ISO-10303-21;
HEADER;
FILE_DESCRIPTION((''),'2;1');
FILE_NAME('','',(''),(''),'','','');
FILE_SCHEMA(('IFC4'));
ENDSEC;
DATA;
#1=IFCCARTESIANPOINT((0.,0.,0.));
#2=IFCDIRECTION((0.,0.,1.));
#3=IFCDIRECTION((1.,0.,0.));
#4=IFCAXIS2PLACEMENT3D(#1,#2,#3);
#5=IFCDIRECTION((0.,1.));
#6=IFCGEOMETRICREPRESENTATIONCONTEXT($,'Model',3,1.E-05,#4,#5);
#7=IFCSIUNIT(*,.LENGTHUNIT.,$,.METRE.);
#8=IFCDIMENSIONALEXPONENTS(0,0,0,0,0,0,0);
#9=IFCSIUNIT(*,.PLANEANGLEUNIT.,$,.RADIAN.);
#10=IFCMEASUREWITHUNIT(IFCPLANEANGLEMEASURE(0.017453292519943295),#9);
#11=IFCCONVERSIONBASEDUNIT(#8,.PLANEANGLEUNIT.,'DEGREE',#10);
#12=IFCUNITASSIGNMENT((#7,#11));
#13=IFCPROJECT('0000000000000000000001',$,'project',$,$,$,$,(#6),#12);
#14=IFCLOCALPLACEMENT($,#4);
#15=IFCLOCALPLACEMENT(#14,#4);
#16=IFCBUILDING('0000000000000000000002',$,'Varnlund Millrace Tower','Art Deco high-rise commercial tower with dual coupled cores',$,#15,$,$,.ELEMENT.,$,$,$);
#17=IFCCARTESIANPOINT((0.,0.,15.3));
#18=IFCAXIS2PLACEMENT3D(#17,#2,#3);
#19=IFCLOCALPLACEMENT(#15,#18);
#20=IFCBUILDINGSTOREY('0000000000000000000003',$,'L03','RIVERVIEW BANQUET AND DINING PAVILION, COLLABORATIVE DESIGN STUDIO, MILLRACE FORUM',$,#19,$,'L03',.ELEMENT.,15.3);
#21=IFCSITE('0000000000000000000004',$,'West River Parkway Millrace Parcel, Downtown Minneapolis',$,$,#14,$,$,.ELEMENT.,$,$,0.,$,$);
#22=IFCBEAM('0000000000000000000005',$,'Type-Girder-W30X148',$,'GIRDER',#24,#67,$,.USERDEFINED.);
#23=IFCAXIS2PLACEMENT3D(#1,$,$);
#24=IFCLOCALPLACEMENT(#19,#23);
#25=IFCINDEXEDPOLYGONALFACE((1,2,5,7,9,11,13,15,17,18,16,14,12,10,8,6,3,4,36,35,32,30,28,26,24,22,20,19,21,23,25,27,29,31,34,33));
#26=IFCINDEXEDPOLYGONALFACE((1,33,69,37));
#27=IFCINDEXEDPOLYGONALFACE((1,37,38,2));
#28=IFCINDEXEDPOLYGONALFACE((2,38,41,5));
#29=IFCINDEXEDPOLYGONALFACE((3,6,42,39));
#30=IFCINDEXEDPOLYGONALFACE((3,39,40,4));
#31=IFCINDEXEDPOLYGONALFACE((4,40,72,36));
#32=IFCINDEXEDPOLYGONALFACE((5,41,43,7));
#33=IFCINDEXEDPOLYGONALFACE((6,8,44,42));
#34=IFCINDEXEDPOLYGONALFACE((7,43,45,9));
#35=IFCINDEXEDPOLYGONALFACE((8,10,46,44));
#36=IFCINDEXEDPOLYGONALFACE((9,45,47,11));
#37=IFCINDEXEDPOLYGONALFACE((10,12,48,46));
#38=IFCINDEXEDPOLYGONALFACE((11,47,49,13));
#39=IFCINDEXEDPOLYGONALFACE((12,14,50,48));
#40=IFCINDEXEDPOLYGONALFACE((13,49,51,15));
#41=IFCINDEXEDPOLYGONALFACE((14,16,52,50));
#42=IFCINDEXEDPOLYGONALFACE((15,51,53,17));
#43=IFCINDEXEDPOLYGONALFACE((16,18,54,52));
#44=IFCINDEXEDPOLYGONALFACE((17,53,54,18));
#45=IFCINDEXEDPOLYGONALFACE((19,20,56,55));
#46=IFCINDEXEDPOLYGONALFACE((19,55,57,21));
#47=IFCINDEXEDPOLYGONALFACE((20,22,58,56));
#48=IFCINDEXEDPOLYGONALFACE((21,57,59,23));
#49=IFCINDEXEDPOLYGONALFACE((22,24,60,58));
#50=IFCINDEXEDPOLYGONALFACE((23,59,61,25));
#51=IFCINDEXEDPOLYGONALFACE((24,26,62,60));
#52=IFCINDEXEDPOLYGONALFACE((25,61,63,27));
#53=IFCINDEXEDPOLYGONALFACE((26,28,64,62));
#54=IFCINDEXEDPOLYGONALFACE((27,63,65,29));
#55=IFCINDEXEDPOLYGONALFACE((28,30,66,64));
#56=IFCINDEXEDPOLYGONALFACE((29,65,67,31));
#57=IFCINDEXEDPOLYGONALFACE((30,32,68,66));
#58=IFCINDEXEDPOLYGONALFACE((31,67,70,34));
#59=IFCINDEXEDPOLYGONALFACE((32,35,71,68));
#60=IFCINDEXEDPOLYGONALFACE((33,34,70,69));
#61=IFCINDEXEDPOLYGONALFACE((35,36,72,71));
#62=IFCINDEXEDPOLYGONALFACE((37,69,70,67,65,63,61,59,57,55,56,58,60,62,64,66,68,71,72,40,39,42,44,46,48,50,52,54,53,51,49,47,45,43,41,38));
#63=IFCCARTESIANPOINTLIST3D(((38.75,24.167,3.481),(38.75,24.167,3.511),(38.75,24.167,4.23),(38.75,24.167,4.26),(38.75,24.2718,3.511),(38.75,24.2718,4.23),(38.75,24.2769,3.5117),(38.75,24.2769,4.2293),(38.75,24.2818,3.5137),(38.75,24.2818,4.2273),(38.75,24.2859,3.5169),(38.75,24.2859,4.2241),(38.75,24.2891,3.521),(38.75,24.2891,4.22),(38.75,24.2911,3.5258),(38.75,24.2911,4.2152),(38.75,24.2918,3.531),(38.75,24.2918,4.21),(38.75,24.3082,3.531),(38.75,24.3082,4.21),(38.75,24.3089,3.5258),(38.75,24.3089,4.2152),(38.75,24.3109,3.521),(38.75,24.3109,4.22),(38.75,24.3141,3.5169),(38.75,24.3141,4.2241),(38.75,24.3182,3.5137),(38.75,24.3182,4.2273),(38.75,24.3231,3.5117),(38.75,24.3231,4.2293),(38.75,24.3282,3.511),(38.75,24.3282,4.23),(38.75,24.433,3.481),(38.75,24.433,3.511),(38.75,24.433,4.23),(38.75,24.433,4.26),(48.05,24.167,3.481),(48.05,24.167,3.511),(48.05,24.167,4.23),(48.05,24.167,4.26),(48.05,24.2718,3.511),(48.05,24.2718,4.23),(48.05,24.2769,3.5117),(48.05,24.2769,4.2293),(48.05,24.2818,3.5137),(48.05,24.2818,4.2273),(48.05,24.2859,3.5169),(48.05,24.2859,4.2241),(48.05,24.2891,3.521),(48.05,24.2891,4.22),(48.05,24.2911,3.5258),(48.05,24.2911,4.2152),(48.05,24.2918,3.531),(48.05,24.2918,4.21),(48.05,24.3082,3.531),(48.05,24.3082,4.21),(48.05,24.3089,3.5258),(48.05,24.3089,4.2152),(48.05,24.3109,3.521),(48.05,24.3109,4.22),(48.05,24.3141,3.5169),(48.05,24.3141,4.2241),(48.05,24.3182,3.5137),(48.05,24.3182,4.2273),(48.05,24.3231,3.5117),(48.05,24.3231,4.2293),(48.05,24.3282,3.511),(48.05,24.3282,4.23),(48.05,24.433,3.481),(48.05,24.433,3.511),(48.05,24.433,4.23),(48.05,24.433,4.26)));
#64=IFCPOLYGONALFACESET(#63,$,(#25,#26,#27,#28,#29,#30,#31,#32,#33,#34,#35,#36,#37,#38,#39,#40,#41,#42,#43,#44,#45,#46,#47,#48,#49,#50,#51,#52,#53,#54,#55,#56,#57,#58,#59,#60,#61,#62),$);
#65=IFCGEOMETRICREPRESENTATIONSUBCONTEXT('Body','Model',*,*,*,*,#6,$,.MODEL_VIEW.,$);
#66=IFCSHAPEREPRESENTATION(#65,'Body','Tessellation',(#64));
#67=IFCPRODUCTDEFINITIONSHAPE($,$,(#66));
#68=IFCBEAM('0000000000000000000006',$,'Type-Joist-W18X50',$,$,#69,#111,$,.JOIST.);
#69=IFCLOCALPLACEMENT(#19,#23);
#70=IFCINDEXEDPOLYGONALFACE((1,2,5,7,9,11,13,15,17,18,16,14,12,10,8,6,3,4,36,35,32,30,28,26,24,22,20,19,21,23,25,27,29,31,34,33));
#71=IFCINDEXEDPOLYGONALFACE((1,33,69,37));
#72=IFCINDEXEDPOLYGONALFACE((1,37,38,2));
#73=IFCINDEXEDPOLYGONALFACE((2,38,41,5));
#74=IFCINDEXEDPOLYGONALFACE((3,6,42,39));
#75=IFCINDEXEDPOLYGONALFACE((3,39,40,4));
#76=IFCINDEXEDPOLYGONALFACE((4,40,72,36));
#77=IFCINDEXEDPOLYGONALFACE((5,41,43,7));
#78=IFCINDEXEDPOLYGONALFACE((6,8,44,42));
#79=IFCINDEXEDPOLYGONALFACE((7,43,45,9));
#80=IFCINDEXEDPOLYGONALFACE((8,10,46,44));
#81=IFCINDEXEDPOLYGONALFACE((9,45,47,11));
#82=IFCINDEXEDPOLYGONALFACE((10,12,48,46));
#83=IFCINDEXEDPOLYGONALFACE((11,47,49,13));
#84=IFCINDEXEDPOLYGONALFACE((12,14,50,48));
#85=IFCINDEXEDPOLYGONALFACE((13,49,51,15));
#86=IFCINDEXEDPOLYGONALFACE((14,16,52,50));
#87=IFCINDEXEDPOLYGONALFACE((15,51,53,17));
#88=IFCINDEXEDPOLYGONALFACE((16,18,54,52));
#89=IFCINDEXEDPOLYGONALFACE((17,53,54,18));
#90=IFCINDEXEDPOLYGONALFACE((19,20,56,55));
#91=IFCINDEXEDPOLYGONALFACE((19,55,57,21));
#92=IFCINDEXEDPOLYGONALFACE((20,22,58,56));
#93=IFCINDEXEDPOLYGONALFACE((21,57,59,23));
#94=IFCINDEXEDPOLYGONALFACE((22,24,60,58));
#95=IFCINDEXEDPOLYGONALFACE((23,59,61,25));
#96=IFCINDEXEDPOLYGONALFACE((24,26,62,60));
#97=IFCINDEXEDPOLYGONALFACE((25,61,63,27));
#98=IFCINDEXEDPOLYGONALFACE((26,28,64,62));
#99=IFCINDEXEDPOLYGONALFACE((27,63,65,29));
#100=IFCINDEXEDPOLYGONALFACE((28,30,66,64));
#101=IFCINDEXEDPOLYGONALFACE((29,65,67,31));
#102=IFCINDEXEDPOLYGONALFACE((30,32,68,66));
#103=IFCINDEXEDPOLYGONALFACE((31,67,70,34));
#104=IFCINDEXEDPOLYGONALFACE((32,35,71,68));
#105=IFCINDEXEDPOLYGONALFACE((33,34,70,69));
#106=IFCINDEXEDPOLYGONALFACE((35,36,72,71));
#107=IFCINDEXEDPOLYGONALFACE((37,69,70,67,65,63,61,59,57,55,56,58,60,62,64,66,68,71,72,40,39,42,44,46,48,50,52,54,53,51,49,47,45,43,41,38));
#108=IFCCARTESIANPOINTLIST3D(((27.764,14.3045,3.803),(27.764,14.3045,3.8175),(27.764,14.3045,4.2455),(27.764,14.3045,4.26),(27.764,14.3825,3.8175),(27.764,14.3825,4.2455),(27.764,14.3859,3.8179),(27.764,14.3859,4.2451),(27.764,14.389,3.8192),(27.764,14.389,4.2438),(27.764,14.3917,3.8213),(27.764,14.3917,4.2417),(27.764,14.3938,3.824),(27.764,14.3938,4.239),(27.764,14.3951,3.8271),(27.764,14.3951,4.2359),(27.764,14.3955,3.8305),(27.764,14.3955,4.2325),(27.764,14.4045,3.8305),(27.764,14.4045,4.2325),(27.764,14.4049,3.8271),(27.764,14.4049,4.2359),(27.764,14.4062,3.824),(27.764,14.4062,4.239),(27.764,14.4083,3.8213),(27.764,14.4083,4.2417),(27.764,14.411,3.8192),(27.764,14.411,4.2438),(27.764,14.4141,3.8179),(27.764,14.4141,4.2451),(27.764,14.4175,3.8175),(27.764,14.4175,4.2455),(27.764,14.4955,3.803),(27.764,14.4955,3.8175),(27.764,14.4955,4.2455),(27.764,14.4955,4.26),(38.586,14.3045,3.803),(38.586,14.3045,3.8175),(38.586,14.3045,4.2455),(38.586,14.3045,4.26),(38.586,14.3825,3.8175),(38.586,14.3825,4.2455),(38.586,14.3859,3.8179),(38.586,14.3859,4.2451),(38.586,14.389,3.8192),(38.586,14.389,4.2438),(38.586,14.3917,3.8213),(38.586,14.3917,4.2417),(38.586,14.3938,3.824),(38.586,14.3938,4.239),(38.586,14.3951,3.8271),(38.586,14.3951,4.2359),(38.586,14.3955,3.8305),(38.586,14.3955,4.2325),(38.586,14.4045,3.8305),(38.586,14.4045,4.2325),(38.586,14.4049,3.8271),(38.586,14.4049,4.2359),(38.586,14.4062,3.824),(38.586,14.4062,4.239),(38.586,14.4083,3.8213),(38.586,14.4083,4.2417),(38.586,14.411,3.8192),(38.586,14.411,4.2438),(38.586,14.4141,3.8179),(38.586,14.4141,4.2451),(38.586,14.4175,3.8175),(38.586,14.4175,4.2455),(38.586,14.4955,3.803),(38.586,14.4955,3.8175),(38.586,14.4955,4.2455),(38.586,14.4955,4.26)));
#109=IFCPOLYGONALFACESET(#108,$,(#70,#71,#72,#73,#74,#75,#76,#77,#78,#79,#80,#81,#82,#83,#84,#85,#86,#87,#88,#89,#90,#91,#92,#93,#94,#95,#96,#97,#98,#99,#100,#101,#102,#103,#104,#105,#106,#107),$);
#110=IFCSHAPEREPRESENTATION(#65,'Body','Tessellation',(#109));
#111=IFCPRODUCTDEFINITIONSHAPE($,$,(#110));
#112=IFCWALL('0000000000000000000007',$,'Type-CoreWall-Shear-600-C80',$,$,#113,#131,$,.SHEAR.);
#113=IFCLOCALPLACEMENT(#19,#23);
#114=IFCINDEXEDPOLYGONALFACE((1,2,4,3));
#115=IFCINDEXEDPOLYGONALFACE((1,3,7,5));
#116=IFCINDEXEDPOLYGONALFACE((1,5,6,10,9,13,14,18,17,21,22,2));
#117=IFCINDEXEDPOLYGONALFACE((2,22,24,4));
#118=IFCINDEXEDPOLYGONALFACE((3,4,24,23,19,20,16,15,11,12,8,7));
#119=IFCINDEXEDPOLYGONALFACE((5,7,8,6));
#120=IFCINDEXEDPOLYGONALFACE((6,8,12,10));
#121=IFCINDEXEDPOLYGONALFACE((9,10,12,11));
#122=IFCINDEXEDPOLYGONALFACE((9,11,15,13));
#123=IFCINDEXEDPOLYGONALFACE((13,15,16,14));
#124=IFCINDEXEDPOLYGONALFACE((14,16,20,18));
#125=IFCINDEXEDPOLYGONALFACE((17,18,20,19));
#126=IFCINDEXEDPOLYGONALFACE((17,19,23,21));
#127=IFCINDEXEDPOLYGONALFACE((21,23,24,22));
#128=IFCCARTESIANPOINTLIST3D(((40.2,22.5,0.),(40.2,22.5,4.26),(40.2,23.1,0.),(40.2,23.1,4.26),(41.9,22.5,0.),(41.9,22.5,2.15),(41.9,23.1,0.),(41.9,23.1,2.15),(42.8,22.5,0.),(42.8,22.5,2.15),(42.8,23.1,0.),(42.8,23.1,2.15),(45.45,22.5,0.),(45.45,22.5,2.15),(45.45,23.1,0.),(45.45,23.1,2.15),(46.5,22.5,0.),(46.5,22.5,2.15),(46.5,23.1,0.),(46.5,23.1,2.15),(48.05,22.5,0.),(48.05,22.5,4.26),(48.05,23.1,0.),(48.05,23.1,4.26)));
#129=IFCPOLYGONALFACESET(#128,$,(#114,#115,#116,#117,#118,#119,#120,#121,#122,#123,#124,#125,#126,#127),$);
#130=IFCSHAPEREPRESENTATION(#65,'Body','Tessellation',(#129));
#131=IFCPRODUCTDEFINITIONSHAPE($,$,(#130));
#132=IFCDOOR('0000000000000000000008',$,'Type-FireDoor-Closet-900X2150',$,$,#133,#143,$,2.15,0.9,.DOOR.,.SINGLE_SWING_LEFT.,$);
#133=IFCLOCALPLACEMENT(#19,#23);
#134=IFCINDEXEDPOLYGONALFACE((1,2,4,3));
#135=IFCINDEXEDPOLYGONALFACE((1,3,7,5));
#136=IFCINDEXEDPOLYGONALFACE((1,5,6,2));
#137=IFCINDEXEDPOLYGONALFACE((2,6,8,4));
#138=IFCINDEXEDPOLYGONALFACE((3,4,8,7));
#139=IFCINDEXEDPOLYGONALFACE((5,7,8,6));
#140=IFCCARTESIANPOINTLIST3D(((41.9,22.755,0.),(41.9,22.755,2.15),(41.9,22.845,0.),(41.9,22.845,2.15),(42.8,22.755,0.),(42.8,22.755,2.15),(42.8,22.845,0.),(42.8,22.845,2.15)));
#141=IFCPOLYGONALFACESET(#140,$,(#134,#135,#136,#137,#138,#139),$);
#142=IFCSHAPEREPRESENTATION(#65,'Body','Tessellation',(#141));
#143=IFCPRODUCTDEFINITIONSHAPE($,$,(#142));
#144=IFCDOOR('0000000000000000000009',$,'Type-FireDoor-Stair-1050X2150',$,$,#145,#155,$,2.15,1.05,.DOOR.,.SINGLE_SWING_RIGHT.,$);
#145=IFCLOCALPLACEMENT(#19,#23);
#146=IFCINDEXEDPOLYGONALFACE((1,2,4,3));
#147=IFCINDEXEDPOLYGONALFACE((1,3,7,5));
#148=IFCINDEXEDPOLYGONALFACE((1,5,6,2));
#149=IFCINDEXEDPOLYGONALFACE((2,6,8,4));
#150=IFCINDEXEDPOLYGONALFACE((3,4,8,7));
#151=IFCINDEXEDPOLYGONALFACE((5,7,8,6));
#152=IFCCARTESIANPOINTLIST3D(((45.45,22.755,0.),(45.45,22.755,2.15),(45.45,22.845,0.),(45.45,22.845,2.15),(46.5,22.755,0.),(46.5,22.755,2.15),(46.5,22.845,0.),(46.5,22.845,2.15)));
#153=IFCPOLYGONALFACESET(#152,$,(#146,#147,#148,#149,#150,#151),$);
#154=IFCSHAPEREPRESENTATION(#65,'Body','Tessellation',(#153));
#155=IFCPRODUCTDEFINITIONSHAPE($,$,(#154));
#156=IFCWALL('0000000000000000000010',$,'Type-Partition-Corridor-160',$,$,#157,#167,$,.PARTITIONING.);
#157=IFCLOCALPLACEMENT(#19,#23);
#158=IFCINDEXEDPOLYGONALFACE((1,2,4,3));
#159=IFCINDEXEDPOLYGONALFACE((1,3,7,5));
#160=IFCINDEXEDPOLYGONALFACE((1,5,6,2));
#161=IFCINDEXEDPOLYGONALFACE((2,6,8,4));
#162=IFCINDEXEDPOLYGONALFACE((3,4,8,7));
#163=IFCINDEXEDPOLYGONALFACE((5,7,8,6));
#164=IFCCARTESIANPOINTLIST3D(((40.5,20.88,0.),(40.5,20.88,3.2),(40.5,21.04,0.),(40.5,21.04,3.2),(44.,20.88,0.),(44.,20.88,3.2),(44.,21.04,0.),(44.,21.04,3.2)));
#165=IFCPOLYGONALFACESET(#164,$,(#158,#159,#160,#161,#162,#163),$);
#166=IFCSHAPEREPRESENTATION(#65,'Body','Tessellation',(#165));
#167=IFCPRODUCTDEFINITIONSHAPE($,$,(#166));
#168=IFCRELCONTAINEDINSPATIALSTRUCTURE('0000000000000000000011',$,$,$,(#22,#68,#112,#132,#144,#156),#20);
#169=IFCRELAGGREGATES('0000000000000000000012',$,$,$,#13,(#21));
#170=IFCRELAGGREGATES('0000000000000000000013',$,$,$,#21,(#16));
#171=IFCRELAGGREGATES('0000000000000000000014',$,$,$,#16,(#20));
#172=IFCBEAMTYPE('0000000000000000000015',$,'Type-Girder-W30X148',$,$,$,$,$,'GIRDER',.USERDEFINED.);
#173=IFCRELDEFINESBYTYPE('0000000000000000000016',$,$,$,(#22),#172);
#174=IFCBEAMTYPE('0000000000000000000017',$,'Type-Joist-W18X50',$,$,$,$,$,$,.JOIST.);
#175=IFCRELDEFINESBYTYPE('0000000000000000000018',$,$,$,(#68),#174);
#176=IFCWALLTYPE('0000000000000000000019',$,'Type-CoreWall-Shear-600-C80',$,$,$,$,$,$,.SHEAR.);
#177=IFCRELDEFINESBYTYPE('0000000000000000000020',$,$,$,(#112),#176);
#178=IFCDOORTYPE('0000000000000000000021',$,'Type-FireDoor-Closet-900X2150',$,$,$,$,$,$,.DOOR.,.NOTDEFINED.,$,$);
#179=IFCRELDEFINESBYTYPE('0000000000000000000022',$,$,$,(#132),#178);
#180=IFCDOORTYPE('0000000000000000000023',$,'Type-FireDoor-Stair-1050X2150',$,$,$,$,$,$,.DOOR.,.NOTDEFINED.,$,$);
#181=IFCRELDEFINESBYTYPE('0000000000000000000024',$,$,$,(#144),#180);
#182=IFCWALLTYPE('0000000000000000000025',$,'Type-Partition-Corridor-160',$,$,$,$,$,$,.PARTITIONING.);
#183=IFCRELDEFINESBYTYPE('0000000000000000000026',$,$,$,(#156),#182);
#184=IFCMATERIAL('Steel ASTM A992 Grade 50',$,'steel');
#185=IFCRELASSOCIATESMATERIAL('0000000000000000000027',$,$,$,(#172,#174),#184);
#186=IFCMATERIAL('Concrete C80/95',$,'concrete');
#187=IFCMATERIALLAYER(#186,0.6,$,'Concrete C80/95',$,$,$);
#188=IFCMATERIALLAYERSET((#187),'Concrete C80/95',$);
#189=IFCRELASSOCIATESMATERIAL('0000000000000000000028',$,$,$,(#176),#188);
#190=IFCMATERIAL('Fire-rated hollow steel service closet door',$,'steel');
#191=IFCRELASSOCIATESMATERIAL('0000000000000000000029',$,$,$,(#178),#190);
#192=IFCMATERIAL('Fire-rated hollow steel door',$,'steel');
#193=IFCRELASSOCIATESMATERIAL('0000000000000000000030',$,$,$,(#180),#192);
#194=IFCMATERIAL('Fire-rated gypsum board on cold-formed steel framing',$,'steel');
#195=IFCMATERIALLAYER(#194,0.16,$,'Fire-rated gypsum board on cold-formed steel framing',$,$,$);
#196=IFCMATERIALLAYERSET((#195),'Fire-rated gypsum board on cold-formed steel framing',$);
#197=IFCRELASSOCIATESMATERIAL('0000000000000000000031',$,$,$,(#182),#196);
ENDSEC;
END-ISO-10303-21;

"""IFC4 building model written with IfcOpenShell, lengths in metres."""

from ifc_helpers import new_model, entity, si_unit, converted_unit, direction, frame, origin_with_axes, origin_2d_with_axis, place, context, subcontext, project, spatial, polyline, rectangle, i_section, outline, extrude, material, layer, layer_set, material_profile, profile_set, type_object, element, fill, save


model = new_model("IFC4")

# Units and contexts
model_context = context("Model", 3, precision=1e-05, world=origin_with_axes(), true_north=direction((0.0, 1.0)))
body_context = subcontext(model_context, "Body", "Model", "MODEL_VIEW")
ifc_project = project(units=[si_unit("LENGTHUNIT", "METRE"), converted_unit("PLANEANGLEUNIT", "DEGREE", entity("IfcPlaneAngleMeasure", 0.017453292519943295), si_unit("PLANEANGLEUNIT", "RADIAN"), dimensions=[0, 0, 0, 0, 0, 0, 0])], contexts=[model_context])

# Site, building, storey
site_placement = place(None, origin_with_axes())
site = spatial("IfcSite", under=ifc_project, at=site_placement, Name="West River Parkway Millrace Parcel, Downtown Minneapolis", CompositionType="ELEMENT", RefElevation=0.0)
building_placement = place(site_placement, origin_with_axes())
building = spatial("IfcBuilding", under=site, at=building_placement, Name="Varnlund Millrace Tower", Description="Art Deco high-rise commercial tower with dual coupled cores", CompositionType="ELEMENT")
storey_placement = place(building_placement, frame((0.0, 0.0, 15.3), z_axis=(0.0, 0.0, 1.0), x_axis=(1.0, 0.0, 0.0)))
storey = spatial("IfcBuildingStorey", under=building, at=storey_placement, Name="L03", Description="RIVERVIEW BANQUET AND DINING PAVILION, COLLABORATIVE DESIGN STUDIO, MILLRACE FORUM", LongName="L03", CompositionType="ELEMENT", Elevation=15.3)

# Shared definitions
ifc_material_1 = material(Name="Concrete C80/95", Category="concrete")

# Beams
ifc_material_2 = material(Name="Steel ASTM A992 Grade 50", Category="steel")
ifc_material_profile_1 = material_profile(ifc_material_2, i_section(OverallWidth=0.266, OverallDepth=0.779, WebThickness=0.0165, FlangeThickness=0.03, FilletRadius=0.02, at=origin_2d_with_axis()), Name="Steel ASTM A992 Grade 50")
ifc_profile_set_1 = profile_set([ifc_material_profile_1], Name="Steel ASTM A992 Grade 50")
beam_type_1 = type_object("IfcBeamType", Name="Type-Girder-W30X148", ElementType="GIRDER", PredefinedType="USERDEFINED", material=ifc_profile_set_1)
beam_1_placement = place(storey_placement, frame((38.75, 24.3, 3.8705), z_axis=(1.0, 0.0, 0.0), x_axis=(0.0, 1.0, 0.0)))
element("IfcBeam", 1, at=beam_1_placement, inside=storey, type_object=beam_type_1, Name="Type-Girder-W30X148", ObjectType="GIRDER", PredefinedType="USERDEFINED", context=body_context, shape_type="SweptSolid", body=[
    extrude(i_section(OverallWidth=0.266, OverallDepth=0.779, WebThickness=0.0165, FlangeThickness=0.03, FilletRadius=0.02, at=origin_2d_with_axis()), origin_with_axes(), (0.0, 0.0, 1.0), 9.3),
])
ifc_material_profile_2 = material_profile(ifc_material_2, i_section(OverallWidth=0.191, OverallDepth=0.457, WebThickness=0.009, FlangeThickness=0.0145, FilletRadius=0.013, at=origin_2d_with_axis()), Name="Steel ASTM A992 Grade 50")
ifc_profile_set_2 = profile_set([ifc_material_profile_2], Name="Steel ASTM A992 Grade 50")
beam_type_2 = type_object("IfcBeamType", Name="Type-Joist-W18X50", PredefinedType="JOIST", material=ifc_profile_set_2)
beam_2_placement = place(storey_placement, frame((27.764, 14.4, 4.0315), z_axis=(1.0, 0.0, 0.0), x_axis=(0.0, 1.0, 0.0)))
element("IfcBeam", 2, at=beam_2_placement, inside=storey, type_object=beam_type_2, Name="Type-Joist-W18X50", PredefinedType="JOIST", context=body_context, shape_type="SweptSolid", body=[
    extrude(i_section(OverallWidth=0.191, OverallDepth=0.457, WebThickness=0.009, FlangeThickness=0.0145, FilletRadius=0.013, at=origin_2d_with_axis()), origin_with_axes(), (0.0, 0.0, 1.0), 10.822),
])

# Wall, openings, doors
ifc_layer_1 = layer(ifc_material_1, 0.6, Name="Concrete C80/95")
ifc_layer_set_1 = layer_set([ifc_layer_1], Name="Concrete C80/95")
wall_type_1 = type_object("IfcWallType", Name="Type-CoreWall-Shear-600-C80", PredefinedType="SHEAR", material=ifc_layer_set_1)
wall_1_placement = place(storey_placement, frame((40.2, 22.8, 0.0), z_axis=(0.0, 0.0, 1.0), x_axis=(1.0, 0.0, 0.0)))
wall_1 = element("IfcWall", 3, at=wall_1_placement, inside=storey, type_object=wall_type_1, Name="Type-CoreWall-Shear-600-C80", PredefinedType="SHEAR", context=body_context, shape_type="SweptSolid", body=[
    extrude(outline(polyline([(0.0, -0.3), (7.85, -0.3), (7.85, 0.3), (0.0, 0.3), (0.0, -0.3)])), origin_with_axes(), (0.0, 0.0, 1.0), 4.26),
])
opening_1_placement = place(wall_1_placement, frame((5.775, 0.0, 0.0), z_axis=(0.0, 0.0, 1.0), x_axis=(1.0, 0.0, 0.0)))
opening_1 = element("IfcOpeningElement", 4, at=opening_1_placement, cuts=wall_1, PredefinedType="OPENING", context=body_context, shape_type="SweptSolid", body=[
    extrude(rectangle(XDim=1.05, YDim=0.62, at=origin_2d_with_axis()), origin_with_axes(), (0.0, 0.0, 1.0), 2.15),
])
opening_2_placement = place(wall_1_placement, frame((2.15, 0.0, 0.0), z_axis=(0.0, 0.0, 1.0), x_axis=(1.0, 0.0, 0.0)))
opening_2 = element("IfcOpeningElement", 5, at=opening_2_placement, cuts=wall_1, PredefinedType="OPENING", context=body_context, shape_type="SweptSolid", body=[
    extrude(rectangle(XDim=0.9, YDim=0.62, at=origin_2d_with_axis()), origin_with_axes(), (0.0, 0.0, 1.0), 2.15),
])
ifc_material_3 = material(Name="Fire-rated hollow steel service closet door", Category="steel")
door_type_1 = type_object("IfcDoorType", Name="Type-FireDoor-Closet-900X2150", OperationType="NOTDEFINED", PredefinedType="DOOR", material=ifc_material_3)
door_1_placement = place(wall_1_placement, frame((2.15, 0.0, 0.0), z_axis=(0.0, 0.0, 1.0), x_axis=(1.0, 0.0, 0.0)))
door_1 = element("IfcDoor", 6, at=door_1_placement, inside=storey, type_object=door_type_1, Name="Type-FireDoor-Closet-900X2150", OperationType="SINGLE_SWING_LEFT", OverallHeight=2.15, OverallWidth=0.9, PredefinedType="DOOR", context=body_context, shape_type="SweptSolid", body=[
    extrude(rectangle(XDim=0.9, YDim=0.09, at=origin_2d_with_axis()), origin_with_axes(), (0.0, 0.0, 1.0), 2.15),
])
fill(opening_2, door_1)
ifc_material_4 = material(Name="Fire-rated hollow steel door", Category="steel")
door_type_2 = type_object("IfcDoorType", Name="Type-FireDoor-Stair-1050X2150", OperationType="NOTDEFINED", PredefinedType="DOOR", material=ifc_material_4)
door_2_placement = place(wall_1_placement, frame((5.775, 0.0, 0.0), z_axis=(0.0, 0.0, 1.0), x_axis=(1.0, 0.0, 0.0)))
door_2 = element("IfcDoor", 7, at=door_2_placement, inside=storey, type_object=door_type_2, Name="Type-FireDoor-Stair-1050X2150", OperationType="SINGLE_SWING_RIGHT", OverallHeight=2.15, OverallWidth=1.05, PredefinedType="DOOR", context=body_context, shape_type="SweptSolid", body=[
    extrude(rectangle(XDim=1.05, YDim=0.09, at=origin_2d_with_axis()), origin_with_axes(), (0.0, 0.0, 1.0), 2.15),
])
fill(opening_1, door_2)

# Wall
ifc_material_5 = material(Name="Fire-rated gypsum board on cold-formed steel framing", Category="steel")
ifc_layer_2 = layer(ifc_material_5, 0.16, Name="Fire-rated gypsum board on cold-formed steel framing")
ifc_layer_set_2 = layer_set([ifc_layer_2], Name="Fire-rated gypsum board on cold-formed steel framing")
wall_type_2 = type_object("IfcWallType", Name="Type-Partition-Corridor-160", PredefinedType="PARTITIONING", material=ifc_layer_set_2)
wall_2_placement = place(storey_placement, frame((40.5, 20.96, 0.0), z_axis=(0.0, 0.0, 1.0), x_axis=(1.0, 0.0, 0.0)))
element("IfcWall", 8, at=wall_2_placement, inside=storey, type_object=wall_type_2, Name="Type-Partition-Corridor-160", PredefinedType="PARTITIONING", context=body_context, shape_type="SweptSolid", body=[
    extrude(outline(polyline([(0.0, -0.08), (3.5, -0.08), (3.5, 0.08), (0.0, 0.08), (0.0, -0.08)])), origin_with_axes(), (0.0, 0.0, 1.0), 3.2),
])

save(model, "model.ifc")
